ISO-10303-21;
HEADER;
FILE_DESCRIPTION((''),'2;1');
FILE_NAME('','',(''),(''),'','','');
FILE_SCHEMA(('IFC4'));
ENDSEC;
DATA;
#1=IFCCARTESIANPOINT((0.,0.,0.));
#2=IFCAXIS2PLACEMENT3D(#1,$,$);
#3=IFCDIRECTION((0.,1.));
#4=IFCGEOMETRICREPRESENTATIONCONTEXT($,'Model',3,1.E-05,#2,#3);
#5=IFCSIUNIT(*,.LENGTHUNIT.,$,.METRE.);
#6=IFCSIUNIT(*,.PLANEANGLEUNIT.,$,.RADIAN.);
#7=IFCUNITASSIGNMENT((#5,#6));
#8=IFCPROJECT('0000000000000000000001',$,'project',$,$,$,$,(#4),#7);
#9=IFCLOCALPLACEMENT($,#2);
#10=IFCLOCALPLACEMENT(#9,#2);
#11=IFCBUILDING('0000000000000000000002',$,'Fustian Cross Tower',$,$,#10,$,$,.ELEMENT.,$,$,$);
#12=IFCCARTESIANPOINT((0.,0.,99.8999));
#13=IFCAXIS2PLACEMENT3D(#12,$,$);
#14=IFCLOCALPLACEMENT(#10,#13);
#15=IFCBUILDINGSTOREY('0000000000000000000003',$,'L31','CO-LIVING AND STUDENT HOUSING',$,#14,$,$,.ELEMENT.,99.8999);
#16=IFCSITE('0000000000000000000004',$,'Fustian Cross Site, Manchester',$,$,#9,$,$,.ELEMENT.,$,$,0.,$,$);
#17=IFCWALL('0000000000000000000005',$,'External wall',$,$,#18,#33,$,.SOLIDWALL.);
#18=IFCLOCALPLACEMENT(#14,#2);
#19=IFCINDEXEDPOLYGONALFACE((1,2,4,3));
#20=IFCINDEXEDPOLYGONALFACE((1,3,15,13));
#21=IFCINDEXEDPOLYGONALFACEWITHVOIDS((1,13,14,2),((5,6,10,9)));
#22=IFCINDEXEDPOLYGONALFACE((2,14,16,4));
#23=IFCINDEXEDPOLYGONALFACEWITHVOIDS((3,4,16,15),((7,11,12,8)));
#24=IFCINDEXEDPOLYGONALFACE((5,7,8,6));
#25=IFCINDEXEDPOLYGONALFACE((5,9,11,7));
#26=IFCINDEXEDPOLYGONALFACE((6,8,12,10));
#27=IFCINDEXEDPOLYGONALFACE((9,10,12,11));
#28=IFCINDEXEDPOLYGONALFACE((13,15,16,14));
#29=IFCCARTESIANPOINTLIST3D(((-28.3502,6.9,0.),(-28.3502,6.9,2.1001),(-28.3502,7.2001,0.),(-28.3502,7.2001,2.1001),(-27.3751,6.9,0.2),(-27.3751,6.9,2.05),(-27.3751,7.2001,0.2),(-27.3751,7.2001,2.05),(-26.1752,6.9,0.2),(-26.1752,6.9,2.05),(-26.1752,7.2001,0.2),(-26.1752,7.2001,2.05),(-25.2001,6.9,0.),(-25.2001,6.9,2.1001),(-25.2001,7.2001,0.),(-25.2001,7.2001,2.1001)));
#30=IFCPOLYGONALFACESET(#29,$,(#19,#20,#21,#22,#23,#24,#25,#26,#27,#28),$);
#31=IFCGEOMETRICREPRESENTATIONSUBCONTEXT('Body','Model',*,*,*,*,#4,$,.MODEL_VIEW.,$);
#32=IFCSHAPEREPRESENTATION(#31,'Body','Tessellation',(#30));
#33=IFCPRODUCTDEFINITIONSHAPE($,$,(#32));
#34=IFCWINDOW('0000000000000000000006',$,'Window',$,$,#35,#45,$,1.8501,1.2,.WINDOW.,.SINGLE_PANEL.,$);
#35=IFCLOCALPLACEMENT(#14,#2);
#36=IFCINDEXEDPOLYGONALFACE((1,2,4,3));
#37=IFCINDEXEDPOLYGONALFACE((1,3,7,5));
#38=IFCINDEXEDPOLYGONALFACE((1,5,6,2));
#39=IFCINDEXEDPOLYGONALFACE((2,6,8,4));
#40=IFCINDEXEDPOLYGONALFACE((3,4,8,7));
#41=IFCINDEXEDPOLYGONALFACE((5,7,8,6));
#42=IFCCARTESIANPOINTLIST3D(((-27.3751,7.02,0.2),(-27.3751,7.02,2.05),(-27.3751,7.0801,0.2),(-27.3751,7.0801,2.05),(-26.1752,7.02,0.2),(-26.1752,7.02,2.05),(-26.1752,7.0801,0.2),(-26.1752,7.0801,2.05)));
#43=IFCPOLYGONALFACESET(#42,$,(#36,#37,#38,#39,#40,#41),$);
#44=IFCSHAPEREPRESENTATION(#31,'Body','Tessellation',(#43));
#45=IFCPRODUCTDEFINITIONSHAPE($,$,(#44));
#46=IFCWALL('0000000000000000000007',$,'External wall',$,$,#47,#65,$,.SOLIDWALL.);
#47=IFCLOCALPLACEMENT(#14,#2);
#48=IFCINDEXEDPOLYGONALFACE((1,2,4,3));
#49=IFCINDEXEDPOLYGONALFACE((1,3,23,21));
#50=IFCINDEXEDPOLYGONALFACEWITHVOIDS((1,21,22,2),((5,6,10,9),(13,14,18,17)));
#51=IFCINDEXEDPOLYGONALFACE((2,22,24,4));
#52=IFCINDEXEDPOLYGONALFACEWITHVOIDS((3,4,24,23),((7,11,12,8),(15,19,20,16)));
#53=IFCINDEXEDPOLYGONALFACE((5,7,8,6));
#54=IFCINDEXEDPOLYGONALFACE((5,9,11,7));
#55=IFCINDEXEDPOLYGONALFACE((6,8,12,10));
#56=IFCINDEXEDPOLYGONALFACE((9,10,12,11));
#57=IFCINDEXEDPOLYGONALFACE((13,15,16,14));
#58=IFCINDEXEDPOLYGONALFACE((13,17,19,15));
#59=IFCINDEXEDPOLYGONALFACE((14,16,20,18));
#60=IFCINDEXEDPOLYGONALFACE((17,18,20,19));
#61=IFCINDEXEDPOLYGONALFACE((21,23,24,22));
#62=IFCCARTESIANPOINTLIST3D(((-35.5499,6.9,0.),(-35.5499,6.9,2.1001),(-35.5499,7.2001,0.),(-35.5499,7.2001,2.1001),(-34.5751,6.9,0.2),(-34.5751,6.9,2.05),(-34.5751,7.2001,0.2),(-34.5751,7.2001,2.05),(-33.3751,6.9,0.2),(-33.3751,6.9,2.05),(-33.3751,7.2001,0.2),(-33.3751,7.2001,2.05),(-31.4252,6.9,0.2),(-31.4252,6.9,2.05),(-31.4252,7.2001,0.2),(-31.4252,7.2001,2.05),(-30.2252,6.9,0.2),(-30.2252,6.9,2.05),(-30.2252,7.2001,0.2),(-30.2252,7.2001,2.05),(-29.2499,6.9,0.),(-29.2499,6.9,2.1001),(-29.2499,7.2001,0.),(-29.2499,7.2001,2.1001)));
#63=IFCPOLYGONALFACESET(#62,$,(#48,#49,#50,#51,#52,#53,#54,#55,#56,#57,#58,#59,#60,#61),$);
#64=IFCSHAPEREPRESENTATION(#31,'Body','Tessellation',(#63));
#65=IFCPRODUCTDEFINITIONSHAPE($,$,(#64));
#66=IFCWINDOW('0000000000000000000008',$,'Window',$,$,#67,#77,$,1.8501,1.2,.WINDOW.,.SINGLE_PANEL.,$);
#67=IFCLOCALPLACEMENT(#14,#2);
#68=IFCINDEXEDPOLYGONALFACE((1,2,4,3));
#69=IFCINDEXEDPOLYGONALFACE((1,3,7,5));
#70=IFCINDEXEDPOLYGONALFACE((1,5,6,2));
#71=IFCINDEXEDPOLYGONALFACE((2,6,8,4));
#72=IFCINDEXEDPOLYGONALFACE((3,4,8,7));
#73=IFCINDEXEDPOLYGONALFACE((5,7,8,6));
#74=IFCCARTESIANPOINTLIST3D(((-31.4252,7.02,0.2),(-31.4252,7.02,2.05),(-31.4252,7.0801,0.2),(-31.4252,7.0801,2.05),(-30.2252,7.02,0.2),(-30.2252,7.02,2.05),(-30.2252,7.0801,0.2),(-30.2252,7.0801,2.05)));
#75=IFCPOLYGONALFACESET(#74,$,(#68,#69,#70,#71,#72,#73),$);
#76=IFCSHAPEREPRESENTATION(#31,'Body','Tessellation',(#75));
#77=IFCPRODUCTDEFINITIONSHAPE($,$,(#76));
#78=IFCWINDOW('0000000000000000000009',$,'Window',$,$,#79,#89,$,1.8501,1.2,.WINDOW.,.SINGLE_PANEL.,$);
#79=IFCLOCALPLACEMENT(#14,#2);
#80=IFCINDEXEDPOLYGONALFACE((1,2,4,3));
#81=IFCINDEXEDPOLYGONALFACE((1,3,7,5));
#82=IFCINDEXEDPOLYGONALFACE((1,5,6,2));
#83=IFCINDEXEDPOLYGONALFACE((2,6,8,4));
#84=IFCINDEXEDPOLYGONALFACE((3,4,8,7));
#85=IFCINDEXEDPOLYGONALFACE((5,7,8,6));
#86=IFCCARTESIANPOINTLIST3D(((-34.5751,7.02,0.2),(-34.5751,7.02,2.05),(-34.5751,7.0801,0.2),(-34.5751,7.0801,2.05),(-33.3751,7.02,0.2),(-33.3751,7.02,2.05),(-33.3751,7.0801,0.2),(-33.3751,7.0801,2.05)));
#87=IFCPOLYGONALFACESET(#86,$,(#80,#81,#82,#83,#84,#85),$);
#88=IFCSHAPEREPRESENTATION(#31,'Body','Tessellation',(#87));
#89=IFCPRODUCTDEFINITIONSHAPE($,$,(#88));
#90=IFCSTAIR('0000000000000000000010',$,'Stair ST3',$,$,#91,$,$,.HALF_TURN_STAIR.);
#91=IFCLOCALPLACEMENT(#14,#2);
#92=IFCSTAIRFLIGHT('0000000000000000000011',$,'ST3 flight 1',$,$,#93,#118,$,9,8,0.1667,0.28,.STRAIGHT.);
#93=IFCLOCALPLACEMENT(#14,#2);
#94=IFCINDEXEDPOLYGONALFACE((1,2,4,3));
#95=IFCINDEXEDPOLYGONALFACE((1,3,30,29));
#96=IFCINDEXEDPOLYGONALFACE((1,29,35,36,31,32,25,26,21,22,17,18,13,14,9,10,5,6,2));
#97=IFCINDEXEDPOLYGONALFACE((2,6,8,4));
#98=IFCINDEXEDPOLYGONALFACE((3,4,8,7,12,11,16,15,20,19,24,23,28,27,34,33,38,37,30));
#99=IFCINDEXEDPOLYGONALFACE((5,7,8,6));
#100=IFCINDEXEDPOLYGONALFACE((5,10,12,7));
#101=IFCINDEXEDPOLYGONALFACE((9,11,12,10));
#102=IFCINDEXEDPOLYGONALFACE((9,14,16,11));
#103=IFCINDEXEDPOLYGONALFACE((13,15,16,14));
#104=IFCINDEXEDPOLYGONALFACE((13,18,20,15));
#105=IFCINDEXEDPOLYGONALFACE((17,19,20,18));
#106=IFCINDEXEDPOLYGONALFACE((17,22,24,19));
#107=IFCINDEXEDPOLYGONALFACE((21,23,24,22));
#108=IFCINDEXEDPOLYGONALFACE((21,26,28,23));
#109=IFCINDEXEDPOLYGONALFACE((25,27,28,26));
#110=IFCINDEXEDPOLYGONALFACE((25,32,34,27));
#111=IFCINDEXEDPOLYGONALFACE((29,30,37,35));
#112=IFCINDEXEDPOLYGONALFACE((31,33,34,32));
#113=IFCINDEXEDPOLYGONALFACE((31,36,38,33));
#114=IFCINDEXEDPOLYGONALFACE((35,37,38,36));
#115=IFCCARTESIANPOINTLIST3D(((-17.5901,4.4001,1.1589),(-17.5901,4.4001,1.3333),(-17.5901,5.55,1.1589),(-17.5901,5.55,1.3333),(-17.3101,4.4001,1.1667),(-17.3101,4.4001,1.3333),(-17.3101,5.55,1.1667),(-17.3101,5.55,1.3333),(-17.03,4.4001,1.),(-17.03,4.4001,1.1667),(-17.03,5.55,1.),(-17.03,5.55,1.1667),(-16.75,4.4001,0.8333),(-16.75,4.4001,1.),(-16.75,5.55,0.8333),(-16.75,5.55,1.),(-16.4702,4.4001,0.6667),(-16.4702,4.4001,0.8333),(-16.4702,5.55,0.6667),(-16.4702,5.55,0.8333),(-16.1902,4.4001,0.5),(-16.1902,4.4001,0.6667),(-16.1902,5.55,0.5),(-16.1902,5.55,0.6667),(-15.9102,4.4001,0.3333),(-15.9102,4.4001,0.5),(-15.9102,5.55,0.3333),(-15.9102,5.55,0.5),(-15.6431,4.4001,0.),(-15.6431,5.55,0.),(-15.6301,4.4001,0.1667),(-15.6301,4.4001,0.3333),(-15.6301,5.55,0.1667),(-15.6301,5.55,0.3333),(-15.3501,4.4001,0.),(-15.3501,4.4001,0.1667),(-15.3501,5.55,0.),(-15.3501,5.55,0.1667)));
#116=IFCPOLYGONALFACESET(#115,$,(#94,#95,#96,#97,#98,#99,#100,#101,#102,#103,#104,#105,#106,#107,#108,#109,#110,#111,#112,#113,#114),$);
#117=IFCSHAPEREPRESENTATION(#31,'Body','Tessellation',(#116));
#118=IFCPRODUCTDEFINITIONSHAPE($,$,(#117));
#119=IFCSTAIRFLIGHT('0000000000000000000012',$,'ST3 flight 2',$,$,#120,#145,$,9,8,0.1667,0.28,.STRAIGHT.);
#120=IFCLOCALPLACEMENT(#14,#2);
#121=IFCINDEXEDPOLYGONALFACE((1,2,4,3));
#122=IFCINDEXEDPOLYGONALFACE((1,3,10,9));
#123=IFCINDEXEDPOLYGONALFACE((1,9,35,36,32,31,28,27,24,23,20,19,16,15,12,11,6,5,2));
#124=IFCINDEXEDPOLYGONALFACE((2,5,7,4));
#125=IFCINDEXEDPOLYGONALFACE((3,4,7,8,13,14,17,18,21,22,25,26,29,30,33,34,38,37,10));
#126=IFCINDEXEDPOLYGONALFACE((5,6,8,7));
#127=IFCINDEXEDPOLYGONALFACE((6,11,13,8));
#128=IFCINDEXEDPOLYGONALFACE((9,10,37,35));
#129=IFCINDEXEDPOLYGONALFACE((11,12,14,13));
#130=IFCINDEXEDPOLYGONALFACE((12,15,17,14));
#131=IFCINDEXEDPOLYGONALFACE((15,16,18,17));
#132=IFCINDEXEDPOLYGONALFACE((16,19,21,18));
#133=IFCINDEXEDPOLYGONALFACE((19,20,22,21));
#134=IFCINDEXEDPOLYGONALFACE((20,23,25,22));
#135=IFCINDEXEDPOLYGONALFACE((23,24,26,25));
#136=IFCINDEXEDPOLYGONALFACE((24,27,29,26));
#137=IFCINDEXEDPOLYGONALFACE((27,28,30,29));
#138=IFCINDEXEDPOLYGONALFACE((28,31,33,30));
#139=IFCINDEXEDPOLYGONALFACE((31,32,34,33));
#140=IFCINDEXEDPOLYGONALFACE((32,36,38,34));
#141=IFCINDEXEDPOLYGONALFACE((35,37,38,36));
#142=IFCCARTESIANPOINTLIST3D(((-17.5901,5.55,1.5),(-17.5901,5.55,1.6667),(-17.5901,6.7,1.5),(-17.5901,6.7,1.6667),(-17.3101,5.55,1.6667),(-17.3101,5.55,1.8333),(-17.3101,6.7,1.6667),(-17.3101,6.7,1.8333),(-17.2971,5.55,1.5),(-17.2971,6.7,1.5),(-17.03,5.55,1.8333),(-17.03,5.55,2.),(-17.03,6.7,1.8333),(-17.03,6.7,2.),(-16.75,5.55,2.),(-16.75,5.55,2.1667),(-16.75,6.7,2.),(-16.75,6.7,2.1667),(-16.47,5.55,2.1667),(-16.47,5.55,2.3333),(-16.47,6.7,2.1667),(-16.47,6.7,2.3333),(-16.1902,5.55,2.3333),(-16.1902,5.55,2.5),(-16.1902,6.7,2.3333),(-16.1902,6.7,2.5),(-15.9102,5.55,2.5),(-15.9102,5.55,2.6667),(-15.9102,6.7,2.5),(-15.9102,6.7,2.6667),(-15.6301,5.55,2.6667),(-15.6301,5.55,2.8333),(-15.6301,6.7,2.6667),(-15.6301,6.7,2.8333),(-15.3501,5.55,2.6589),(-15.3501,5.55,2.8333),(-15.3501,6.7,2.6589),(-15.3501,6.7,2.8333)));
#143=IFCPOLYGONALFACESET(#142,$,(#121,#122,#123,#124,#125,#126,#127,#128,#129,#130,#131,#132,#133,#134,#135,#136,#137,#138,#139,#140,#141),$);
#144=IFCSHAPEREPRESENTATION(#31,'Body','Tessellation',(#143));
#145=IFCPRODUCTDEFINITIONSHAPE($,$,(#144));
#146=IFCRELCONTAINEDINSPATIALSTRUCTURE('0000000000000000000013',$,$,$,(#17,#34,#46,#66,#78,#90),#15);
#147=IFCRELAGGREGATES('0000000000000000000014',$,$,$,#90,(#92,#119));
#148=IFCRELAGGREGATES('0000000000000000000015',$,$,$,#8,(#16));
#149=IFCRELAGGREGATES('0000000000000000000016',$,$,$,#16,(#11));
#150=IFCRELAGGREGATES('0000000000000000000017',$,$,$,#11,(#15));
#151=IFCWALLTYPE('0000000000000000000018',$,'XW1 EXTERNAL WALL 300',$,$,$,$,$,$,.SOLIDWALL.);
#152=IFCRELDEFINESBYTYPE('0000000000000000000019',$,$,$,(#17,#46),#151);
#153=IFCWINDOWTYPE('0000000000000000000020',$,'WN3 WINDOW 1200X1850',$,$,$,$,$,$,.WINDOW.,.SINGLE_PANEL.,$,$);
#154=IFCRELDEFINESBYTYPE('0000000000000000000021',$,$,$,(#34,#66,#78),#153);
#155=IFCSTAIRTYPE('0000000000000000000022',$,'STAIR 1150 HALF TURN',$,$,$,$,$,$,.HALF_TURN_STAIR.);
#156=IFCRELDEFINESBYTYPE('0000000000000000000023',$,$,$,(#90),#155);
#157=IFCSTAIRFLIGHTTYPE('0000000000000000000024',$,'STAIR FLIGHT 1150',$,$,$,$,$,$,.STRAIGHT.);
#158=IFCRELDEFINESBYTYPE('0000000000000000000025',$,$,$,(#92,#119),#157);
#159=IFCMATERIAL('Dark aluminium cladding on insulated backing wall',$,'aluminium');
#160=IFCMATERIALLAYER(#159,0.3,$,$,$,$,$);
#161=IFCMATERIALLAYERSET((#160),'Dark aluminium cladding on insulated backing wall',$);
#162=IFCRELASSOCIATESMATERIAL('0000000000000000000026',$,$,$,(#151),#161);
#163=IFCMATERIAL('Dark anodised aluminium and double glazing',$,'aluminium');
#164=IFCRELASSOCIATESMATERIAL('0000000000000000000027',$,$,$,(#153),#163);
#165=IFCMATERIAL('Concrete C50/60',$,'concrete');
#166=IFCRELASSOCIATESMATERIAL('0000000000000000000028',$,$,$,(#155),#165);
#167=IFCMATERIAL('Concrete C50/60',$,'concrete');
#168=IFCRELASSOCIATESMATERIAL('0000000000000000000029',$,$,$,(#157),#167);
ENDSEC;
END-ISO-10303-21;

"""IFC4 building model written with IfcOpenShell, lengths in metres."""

from ifc_helpers import new_model, si_unit, direction, frame, frame_2d, origin, place, context, subcontext, project, spatial, polyline, rectangle, outline, extrude, material, layer, layer_set, type_object, element, fill, aggregate, save


model = new_model("IFC4")

# Units and contexts
model_context = context("Model", 3, precision=1e-05, world=origin(), true_north=direction((0.0, 1.0)))
body_context = subcontext(model_context, "Body", "Model", "MODEL_VIEW")
ifc_project = project(units=[si_unit("LENGTHUNIT", "METRE"), si_unit("PLANEANGLEUNIT", "RADIAN")], contexts=[model_context])

# Site, building, storey
site_placement = place(None, origin())
site = spatial("IfcSite", under=ifc_project, at=site_placement, Name="Fustian Cross Site, Manchester", CompositionType="ELEMENT", RefElevation=0.0)
building_placement = place(site_placement, origin())
building = spatial("IfcBuilding", under=site, at=building_placement, Name="Fustian Cross Tower", CompositionType="ELEMENT")
storey_placement = place(building_placement, frame((0.0, 0.0, 99.8999)))
storey = spatial("IfcBuildingStorey", under=building, at=storey_placement, Name="L31", Description="CO-LIVING AND STUDENT HOUSING", CompositionType="ELEMENT", Elevation=99.8999)

# Wall, opening, window
ifc_material_1 = material(Name="Dark aluminium cladding on insulated backing wall", Category="aluminium")
ifc_layer_1 = layer(ifc_material_1, 0.3)
ifc_layer_set_1 = layer_set([ifc_layer_1], Name="Dark aluminium cladding on insulated backing wall")
wall_type_1 = type_object("IfcWallType", Name="XW1 EXTERNAL WALL 300", PredefinedType="SOLIDWALL", material=ifc_layer_set_1)
ifc_material_2 = material(Name="Dark anodised aluminium and double glazing", Category="aluminium")
window_type = type_object("IfcWindowType", Name="WN3 WINDOW 1200X1850", PartitioningType="SINGLE_PANEL", PredefinedType="WINDOW", material=ifc_material_2)
wall_1_placement = place(storey_placement, frame((-25.2, 7.05, 0.0), z_axis=(0.0, 0.0, 1.0), x_axis=(-1.0, 0.0, 0.0)))
wall_1 = element("IfcWall", 1, at=wall_1_placement, inside=storey, type_object=wall_type_1, Name="External wall", PredefinedType="SOLIDWALL", context=body_context, shape_type="SweptSolid", body=[
    extrude(rectangle(XDim=3.1501, YDim=0.3, at=frame_2d((1.5752, 0.0))), origin(), (0.0, 0.0, 1.0), 2.1001),
])
opening_1_placement = place(wall_1_placement, frame((0.9751, 0.0, 0.2)))
opening_1 = element("IfcOpeningElement", 2, at=opening_1_placement, cuts=wall_1, PredefinedType="OPENING", context=body_context, shape_type="SweptSolid", body=[
    extrude(rectangle(XDim=1.2, YDim=1.8501, at=frame_2d((0.6001, 0.925))), frame((0.0, 0.1599, 0.0), z_axis=(0.0, -1.0, 0.0), x_axis=(1.0, 0.0, 0.0)), (0.0, 0.0, 1.0), 0.3201),
])
window_1_placement = place(opening_1_placement, origin())
window_1 = element("IfcWindow", 3, at=window_1_placement, inside=storey, type_object=window_type, Name="Window", OverallHeight=1.8501, OverallWidth=1.2, PartitioningType="SINGLE_PANEL", PredefinedType="WINDOW", context=body_context, shape_type="SweptSolid", body=[
    extrude(rectangle(XDim=1.2, YDim=1.8501, at=frame_2d((0.6001, 0.925))), frame((0.0, 0.03, 0.0), z_axis=(0.0, -1.0, 0.0), x_axis=(1.0, 0.0, 0.0)), (0.0, 0.0, 1.0), 0.0601),
])
fill(opening_1, window_1)

# Wall, openings, windows
wall_2_placement = place(storey_placement, frame((-29.25, 7.05, 0.0), z_axis=(0.0, 0.0, 1.0), x_axis=(-1.0, 0.0, 0.0)))
wall_2 = element("IfcWall", 4, at=wall_2_placement, inside=storey, type_object=wall_type_1, Name="External wall", PredefinedType="SOLIDWALL", context=body_context, shape_type="SweptSolid", body=[
    extrude(rectangle(XDim=6.3, YDim=0.3, at=frame_2d((3.1499, 0.0))), origin(), (0.0, 0.0, 1.0), 2.1001),
])
opening_2_placement = place(wall_2_placement, frame((0.9751, 0.0, 0.2)))
opening_2 = element("IfcOpeningElement", 5, at=opening_2_placement, cuts=wall_2, PredefinedType="OPENING", context=body_context, shape_type="SweptSolid", body=[
    extrude(rectangle(XDim=1.2, YDim=1.8501, at=frame_2d((0.6001, 0.925))), frame((0.0, 0.1599, 0.0), z_axis=(0.0, -1.0, 0.0), x_axis=(1.0, 0.0, 0.0)), (0.0, 0.0, 1.0), 0.3201),
])
opening_3_placement = place(wall_2_placement, frame((4.125, 0.0, 0.2)))
opening_3 = element("IfcOpeningElement", 6, at=opening_3_placement, cuts=wall_2, PredefinedType="OPENING", context=body_context, shape_type="SweptSolid", body=[
    extrude(rectangle(XDim=1.2, YDim=1.8501, at=frame_2d((0.6001, 0.925))), frame((0.0, 0.1599, 0.0), z_axis=(0.0, -1.0, 0.0), x_axis=(1.0, 0.0, 0.0)), (0.0, 0.0, 1.0), 0.3201),
])
window_2_placement = place(opening_2_placement, origin())
window_2 = element("IfcWindow", 7, at=window_2_placement, inside=storey, type_object=window_type, Name="Window", OverallHeight=1.8501, OverallWidth=1.2, PartitioningType="SINGLE_PANEL", PredefinedType="WINDOW", context=body_context, shape_type="SweptSolid", body=[
    extrude(rectangle(XDim=1.2, YDim=1.8501, at=frame_2d((0.6001, 0.925))), frame((0.0, 0.03, 0.0), z_axis=(0.0, -1.0, 0.0), x_axis=(1.0, 0.0, 0.0)), (0.0, 0.0, 1.0), 0.0601),
])
fill(opening_2, window_2)
window_3_placement = place(opening_3_placement, origin())
window_3 = element("IfcWindow", 8, at=window_3_placement, inside=storey, type_object=window_type, Name="Window", OverallHeight=1.8501, OverallWidth=1.2, PartitioningType="SINGLE_PANEL", PredefinedType="WINDOW", context=body_context, shape_type="SweptSolid", body=[
    extrude(rectangle(XDim=1.2, YDim=1.8501, at=frame_2d((0.6001, 0.925))), frame((0.0, 0.03, 0.0), z_axis=(0.0, -1.0, 0.0), x_axis=(1.0, 0.0, 0.0)), (0.0, 0.0, 1.0), 0.0601),
])
fill(opening_3, window_3)

# Stair, stair flights
ifc_material_3 = material(Name="Concrete C50/60", Category="concrete")
stair_type = type_object("IfcStairType", Name="STAIR 1150 HALF TURN", PredefinedType="HALF_TURN_STAIR", material=ifc_material_3)
stair_placement = place(storey_placement, origin())
stair = element("IfcStair", 9, at=stair_placement, inside=storey, type_object=stair_type, Name="Stair ST3", PredefinedType="HALF_TURN_STAIR")
ifc_material_4 = material(Name="Concrete C50/60", Category="concrete")
stair_flight_type = type_object("IfcStairFlightType", Name="STAIR FLIGHT 1150", PredefinedType="STRAIGHT", material=ifc_material_4)
stair_flight_1_placement = place(storey_placement, frame((-15.3501, 4.9751, 0.0), z_axis=(0.0, 0.0, 1.0), x_axis=(-1.0, 0.0, 0.0)))
stair_flight_1 = element("IfcStairFlight", 10, at=stair_flight_1_placement, type_object=stair_flight_type, Name="ST3 flight 1", NumberOfRisers=9, NumberOfTreads=8, PredefinedType="STRAIGHT", RiserHeight=0.1667, TreadLength=0.28, context=body_context, shape_type="SweptSolid", body=[
    extrude(outline(polyline([(0.0, 0.0), (0.0, 0.1667), (0.28, 0.1667), (0.28, 0.3333), (0.5601, 0.3333), (0.5601, 0.5), (0.8401, 0.5), (0.8401, 0.6667), (1.1201, 0.6667), (1.1201, 0.8333), (1.3999, 0.8333), (1.3999, 1.0), (1.6799, 1.0), (1.6799, 1.1667), (1.96, 1.1667), (1.96, 1.3333), (2.24, 1.3333), (2.24, 1.5), (2.24, 1.1589), (0.293, 0.0), (0.0, 0.0)])), frame((0.0, 0.575, 0.0), z_axis=(0.0, -1.0, 0.0), x_axis=(1.0, 0.0, 0.0)), (0.0, 0.0, 1.0), 1.1499),
])
stair_flight_2_placement = place(storey_placement, frame((-17.5901, 6.125, 1.5), z_axis=(0.0, 0.0, 1.0), x_axis=(1.0, 0.0, 0.0)))
stair_flight_2 = element("IfcStairFlight", 11, at=stair_flight_2_placement, type_object=stair_flight_type, Name="ST3 flight 2", NumberOfRisers=9, NumberOfTreads=8, PredefinedType="STRAIGHT", RiserHeight=0.1667, TreadLength=0.28, context=body_context, shape_type="SweptSolid", body=[
    extrude(outline(polyline([(0.0, 0.0), (0.0, 0.1667), (0.28, 0.1667), (0.28, 0.3333), (0.5601, 0.3333), (0.5601, 0.5), (0.8401, 0.5), (0.8401, 0.6667), (1.1201, 0.6667), (1.1201, 0.8333), (1.3999, 0.8333), (1.3999, 1.0), (1.6799, 1.0), (1.6799, 1.1667), (1.96, 1.1667), (1.96, 1.3333), (2.24, 1.3333), (2.24, 1.5), (2.24, 1.1589), (0.293, 0.0), (0.0, 0.0)])), frame((0.0, 0.575, 0.0), z_axis=(0.0, -1.0, 0.0), x_axis=(1.0, 0.0, 0.0)), (0.0, 0.0, 1.0), 1.1499),
])
aggregate(stair, [stair_flight_1, stair_flight_2])

save(model, "model.ifc")
